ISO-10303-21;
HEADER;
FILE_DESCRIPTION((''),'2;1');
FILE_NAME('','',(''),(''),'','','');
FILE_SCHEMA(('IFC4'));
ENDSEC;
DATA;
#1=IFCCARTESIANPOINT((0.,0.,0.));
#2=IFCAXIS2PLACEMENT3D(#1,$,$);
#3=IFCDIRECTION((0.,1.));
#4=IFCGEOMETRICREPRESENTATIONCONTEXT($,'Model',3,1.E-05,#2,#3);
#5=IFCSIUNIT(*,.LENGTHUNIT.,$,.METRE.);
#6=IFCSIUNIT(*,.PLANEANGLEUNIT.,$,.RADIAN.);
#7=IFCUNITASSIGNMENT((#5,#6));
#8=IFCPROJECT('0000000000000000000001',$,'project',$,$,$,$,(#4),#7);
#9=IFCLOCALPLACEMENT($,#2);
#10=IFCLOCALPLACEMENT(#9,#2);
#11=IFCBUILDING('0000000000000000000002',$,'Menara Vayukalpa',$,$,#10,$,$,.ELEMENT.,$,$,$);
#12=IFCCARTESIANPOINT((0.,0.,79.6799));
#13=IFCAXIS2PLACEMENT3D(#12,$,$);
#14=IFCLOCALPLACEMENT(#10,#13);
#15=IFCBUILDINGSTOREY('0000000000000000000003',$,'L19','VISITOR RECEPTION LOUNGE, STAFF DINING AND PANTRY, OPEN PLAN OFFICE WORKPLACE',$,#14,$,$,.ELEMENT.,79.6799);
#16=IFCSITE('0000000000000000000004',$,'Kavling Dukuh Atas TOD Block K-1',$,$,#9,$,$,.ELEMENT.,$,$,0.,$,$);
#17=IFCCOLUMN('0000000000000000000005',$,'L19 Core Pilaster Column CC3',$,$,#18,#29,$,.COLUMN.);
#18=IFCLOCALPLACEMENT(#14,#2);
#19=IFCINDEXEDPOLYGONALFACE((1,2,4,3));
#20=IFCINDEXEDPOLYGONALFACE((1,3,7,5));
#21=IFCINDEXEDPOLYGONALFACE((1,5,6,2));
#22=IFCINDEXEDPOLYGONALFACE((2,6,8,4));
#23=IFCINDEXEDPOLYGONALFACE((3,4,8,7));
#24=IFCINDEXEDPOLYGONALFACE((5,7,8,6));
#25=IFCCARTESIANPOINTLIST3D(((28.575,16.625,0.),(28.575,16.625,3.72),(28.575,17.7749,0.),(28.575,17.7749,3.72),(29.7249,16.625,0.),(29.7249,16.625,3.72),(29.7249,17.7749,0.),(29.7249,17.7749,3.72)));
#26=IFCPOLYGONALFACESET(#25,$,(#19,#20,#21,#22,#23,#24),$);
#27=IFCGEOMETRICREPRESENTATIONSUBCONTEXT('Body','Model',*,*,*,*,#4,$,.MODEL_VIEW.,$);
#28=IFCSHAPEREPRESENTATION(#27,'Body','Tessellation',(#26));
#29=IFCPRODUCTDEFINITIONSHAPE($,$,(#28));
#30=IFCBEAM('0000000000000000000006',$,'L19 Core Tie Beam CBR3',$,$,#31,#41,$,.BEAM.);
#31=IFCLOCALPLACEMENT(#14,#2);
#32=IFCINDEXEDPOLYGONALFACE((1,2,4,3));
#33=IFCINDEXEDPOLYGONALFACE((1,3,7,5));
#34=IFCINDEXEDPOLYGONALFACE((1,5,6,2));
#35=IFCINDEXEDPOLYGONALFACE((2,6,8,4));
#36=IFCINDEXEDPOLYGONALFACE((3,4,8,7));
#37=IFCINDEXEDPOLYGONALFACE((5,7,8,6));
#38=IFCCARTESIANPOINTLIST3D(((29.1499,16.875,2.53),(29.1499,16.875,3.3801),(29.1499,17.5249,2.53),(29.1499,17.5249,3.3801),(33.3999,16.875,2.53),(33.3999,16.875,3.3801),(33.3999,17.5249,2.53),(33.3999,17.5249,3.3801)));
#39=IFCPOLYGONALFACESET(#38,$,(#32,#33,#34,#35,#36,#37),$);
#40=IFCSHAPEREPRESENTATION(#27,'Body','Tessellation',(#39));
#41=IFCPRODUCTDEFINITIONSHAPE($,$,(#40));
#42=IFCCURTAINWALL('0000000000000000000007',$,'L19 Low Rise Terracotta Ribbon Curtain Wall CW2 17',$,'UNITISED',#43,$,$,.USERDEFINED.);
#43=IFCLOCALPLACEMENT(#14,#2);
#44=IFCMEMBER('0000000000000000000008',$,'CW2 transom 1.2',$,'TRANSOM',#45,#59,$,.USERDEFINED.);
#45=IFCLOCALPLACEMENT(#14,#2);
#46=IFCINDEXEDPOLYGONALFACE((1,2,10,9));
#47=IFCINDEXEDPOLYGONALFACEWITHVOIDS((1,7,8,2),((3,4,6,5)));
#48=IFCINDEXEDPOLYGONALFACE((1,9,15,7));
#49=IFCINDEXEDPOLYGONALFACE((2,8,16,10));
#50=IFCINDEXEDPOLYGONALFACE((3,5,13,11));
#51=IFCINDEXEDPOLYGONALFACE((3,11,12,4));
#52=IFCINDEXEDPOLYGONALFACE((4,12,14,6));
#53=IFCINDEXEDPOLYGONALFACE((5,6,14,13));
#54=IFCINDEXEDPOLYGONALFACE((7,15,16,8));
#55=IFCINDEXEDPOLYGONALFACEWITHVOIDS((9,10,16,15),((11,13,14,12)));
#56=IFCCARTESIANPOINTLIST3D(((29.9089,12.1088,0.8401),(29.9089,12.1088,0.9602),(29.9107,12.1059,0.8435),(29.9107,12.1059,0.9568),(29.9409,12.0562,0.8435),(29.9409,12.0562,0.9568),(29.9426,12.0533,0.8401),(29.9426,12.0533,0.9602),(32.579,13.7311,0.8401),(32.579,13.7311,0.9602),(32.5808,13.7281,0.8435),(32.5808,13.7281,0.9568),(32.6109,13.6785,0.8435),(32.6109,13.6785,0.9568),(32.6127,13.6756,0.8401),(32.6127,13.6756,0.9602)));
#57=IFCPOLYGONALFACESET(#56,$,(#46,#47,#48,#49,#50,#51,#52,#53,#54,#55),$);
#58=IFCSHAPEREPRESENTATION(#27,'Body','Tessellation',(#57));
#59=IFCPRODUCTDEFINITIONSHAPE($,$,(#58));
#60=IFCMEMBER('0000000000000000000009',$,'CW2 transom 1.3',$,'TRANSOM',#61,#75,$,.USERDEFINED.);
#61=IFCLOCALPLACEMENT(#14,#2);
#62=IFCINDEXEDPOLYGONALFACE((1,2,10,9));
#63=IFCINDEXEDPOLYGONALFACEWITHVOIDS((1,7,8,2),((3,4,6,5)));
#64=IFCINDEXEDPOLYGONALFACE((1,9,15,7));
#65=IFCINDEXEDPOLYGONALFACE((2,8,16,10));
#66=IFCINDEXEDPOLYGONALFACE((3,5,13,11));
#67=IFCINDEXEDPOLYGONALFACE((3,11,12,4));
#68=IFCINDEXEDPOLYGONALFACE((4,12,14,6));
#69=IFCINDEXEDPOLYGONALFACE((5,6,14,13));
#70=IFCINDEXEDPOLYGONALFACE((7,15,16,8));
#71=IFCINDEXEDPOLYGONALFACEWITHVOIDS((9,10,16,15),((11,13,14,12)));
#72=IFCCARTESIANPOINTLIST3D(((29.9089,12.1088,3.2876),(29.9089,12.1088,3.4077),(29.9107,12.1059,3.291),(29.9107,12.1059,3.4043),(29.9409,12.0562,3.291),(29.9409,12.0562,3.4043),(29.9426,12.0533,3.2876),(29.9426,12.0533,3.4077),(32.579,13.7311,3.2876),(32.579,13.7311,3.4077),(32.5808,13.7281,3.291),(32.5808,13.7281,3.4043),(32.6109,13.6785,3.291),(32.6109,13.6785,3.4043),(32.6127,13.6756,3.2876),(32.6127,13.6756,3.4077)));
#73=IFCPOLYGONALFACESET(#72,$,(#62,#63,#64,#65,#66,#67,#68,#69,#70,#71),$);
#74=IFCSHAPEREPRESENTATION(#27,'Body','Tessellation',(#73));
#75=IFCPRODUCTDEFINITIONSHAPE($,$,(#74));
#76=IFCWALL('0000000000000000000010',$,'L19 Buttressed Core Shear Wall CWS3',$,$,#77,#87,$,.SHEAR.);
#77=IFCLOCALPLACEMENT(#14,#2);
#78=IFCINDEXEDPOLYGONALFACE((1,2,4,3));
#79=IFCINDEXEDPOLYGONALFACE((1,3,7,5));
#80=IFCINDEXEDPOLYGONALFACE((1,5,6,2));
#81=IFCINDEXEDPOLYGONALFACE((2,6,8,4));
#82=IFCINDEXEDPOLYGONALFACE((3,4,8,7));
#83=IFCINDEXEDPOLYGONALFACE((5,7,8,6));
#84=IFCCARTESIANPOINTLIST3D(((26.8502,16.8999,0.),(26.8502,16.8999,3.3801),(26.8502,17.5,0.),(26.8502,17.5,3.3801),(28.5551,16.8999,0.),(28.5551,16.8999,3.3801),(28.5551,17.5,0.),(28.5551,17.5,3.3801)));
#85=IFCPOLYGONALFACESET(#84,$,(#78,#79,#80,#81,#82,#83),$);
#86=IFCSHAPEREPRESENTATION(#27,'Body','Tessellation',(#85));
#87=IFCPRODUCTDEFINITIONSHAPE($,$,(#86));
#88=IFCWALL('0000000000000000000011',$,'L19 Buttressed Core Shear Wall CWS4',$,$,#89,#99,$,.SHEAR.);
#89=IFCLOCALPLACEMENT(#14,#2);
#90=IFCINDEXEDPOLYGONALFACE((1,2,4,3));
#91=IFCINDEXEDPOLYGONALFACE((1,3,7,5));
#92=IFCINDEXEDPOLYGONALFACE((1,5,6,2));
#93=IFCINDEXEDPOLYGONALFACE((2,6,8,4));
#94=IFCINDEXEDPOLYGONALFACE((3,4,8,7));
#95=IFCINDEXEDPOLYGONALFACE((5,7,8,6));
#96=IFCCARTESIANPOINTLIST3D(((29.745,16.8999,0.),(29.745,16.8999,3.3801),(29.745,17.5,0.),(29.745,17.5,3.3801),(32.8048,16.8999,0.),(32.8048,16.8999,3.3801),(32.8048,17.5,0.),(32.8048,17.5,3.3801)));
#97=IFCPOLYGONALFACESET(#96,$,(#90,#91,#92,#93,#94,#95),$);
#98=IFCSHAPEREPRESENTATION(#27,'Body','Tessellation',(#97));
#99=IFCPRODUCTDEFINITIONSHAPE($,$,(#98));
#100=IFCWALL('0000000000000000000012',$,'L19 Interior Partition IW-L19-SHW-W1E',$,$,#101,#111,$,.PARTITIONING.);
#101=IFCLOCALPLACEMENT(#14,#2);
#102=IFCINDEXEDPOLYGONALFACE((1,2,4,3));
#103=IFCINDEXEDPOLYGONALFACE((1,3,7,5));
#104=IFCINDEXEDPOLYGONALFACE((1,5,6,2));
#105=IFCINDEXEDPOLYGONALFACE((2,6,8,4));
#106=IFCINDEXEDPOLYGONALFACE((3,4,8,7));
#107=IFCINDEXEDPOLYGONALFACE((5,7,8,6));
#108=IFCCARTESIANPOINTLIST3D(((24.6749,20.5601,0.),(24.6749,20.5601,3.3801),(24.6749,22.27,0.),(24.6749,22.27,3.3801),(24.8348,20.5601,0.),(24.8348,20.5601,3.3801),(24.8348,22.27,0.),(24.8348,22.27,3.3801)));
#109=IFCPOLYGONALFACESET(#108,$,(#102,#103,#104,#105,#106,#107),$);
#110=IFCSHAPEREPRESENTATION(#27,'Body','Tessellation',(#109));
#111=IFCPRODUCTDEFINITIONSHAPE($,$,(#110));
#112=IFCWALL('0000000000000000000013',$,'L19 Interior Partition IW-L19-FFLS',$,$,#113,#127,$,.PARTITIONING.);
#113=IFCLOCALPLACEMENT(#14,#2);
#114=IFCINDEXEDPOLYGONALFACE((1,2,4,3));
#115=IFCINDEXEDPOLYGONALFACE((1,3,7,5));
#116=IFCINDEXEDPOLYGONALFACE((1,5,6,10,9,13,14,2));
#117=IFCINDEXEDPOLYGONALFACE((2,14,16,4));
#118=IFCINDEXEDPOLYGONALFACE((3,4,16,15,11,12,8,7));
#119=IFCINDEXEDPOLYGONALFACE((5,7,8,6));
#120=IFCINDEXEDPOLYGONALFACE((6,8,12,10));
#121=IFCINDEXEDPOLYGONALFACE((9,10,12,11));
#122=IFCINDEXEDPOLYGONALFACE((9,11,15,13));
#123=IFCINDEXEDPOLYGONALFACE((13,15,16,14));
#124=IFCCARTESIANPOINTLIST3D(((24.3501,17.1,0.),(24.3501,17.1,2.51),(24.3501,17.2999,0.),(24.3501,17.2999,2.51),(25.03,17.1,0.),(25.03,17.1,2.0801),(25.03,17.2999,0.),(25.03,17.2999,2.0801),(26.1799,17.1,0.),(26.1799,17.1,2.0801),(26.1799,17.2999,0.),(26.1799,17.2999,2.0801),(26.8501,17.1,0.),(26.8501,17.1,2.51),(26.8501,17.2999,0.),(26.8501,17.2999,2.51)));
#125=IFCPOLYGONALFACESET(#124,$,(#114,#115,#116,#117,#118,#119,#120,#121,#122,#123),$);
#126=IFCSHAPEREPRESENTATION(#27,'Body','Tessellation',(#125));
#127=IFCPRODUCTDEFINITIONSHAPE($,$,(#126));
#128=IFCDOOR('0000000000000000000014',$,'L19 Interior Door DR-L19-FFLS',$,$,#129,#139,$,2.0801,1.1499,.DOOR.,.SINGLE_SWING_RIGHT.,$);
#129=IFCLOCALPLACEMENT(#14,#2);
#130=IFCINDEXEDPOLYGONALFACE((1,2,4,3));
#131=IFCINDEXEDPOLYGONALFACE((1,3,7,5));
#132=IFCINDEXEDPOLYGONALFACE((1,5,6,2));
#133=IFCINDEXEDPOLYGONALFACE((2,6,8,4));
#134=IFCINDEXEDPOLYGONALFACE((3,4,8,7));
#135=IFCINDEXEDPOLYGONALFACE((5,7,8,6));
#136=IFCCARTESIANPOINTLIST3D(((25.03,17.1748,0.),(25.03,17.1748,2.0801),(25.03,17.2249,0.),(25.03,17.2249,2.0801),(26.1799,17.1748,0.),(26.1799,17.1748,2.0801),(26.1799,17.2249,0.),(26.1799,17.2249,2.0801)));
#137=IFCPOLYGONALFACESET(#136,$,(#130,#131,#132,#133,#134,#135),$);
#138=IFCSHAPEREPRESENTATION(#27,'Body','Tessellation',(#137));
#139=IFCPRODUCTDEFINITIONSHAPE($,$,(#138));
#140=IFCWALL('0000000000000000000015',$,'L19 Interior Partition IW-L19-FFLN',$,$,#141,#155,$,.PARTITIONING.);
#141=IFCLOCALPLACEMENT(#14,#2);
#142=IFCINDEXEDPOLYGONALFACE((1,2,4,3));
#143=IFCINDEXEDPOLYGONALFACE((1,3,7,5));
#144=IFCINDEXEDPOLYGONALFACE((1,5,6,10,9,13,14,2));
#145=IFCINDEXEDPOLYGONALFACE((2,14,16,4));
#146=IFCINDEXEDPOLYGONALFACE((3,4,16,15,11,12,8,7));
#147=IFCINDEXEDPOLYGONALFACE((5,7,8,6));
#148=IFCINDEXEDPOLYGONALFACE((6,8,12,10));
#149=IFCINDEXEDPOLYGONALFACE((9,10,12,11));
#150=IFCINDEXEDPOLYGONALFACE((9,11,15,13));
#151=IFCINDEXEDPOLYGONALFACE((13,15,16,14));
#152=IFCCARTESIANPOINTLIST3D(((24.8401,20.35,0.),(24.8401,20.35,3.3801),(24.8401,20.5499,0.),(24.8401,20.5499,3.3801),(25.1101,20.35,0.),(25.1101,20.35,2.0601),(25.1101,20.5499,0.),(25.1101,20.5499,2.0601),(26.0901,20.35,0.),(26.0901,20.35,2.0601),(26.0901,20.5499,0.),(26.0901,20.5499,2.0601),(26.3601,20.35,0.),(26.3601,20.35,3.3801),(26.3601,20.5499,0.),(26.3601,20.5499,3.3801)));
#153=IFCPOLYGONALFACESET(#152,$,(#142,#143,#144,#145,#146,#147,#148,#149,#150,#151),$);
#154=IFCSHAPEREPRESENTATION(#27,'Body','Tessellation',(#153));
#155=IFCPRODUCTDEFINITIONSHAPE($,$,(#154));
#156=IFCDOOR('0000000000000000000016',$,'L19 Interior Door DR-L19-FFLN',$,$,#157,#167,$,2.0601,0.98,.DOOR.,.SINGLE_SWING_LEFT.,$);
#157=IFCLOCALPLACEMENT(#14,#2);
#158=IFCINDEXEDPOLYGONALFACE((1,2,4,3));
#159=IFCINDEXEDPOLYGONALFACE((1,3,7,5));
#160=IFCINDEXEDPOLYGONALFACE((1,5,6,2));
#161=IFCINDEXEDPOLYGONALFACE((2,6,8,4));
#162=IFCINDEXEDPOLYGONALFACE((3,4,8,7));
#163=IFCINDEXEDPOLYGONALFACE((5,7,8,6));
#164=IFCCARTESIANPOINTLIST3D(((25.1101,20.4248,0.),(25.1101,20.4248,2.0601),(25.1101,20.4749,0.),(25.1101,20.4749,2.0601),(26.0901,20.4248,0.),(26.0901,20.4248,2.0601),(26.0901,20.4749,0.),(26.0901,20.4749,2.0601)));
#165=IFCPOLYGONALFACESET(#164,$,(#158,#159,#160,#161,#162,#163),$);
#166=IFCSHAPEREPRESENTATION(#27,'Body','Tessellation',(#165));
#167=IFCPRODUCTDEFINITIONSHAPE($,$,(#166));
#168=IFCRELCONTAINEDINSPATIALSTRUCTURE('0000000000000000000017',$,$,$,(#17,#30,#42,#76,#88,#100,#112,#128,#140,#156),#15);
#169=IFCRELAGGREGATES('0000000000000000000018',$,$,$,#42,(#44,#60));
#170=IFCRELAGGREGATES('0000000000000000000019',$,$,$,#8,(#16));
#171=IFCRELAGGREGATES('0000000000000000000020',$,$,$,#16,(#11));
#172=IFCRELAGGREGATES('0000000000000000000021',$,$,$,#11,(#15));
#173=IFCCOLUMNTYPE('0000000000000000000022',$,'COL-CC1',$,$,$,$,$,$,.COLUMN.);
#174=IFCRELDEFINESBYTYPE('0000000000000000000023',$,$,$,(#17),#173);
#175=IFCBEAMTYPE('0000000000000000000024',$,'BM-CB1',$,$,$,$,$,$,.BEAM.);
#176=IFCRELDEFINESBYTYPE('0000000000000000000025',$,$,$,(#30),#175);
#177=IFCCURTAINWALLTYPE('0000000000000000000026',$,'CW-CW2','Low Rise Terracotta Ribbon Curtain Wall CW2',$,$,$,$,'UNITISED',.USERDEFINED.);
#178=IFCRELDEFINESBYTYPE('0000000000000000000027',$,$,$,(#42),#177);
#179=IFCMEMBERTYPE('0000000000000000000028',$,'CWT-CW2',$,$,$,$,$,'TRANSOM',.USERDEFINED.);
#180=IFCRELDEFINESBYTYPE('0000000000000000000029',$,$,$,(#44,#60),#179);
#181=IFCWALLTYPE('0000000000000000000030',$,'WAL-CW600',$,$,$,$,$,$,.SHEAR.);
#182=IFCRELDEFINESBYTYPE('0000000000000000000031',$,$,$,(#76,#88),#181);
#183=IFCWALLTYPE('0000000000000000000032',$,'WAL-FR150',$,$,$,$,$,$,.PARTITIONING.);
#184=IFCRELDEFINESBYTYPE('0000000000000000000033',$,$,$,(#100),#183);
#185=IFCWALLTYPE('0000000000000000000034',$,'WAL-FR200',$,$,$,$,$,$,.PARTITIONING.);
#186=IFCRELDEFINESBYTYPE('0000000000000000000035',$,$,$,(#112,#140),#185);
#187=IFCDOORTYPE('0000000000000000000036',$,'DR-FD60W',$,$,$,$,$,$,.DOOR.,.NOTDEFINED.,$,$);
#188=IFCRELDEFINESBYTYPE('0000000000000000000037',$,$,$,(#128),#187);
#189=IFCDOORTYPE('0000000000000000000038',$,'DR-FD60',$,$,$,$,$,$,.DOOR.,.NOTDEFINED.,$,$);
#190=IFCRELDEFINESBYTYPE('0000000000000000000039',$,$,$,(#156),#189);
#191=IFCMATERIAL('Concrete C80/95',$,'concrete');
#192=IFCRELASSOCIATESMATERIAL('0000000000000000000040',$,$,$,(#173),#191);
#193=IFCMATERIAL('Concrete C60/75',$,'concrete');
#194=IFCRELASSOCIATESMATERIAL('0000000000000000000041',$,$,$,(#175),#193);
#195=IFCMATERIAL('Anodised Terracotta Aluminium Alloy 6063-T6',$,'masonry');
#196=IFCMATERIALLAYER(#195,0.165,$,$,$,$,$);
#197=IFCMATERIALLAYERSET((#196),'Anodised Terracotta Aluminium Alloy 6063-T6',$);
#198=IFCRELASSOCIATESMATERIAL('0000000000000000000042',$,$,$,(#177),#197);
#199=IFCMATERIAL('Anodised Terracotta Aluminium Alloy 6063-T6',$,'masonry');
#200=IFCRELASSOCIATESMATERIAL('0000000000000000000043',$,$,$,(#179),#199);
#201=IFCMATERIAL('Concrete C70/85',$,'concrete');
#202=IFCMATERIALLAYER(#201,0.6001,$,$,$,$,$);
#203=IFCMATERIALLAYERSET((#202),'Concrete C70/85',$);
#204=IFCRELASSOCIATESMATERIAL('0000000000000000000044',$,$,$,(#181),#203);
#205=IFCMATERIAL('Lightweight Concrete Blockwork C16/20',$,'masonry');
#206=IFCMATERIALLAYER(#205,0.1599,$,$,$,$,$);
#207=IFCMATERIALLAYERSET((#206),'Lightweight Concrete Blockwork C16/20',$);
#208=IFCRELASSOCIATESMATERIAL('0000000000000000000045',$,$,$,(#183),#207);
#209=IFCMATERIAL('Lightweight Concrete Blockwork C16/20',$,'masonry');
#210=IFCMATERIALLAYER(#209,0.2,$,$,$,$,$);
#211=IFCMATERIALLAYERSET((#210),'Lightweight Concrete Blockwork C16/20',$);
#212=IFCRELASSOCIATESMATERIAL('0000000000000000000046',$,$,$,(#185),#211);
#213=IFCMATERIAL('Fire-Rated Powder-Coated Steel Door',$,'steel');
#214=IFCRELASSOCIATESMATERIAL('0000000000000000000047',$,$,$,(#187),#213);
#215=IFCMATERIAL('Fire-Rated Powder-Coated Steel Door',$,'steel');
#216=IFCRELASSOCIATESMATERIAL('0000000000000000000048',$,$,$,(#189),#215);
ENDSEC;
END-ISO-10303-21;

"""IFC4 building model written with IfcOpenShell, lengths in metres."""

from ifc_helpers import new_model, si_unit, direction, frame, frame_2d, origin, origin_2d, place, context, subcontext, project, spatial, rectangle, hollow_rectangle, extrude, material, layer, layer_set, material_profile, profile_set, type_object, element, fill, aggregate, save


model = new_model("IFC4")

# Units and contexts
model_context = context("Model", 3, precision=1e-05, world=origin(), true_north=direction((0.0, 1.0)))
body_context = subcontext(model_context, "Body", "Model", "MODEL_VIEW")
ifc_project = project(units=[si_unit("LENGTHUNIT", "METRE"), si_unit("PLANEANGLEUNIT", "RADIAN")], contexts=[model_context])

# Site, building, storey
site_placement = place(None, origin())
site = spatial("IfcSite", under=ifc_project, at=site_placement, Name="Kavling Dukuh Atas TOD Block K-1", CompositionType="ELEMENT", RefElevation=0.0)
building_placement = place(site_placement, origin())
building = spatial("IfcBuilding", under=site, at=building_placement, Name="Menara Vayukalpa", CompositionType="ELEMENT")
storey_placement = place(building_placement, frame((0.0, 0.0, 79.6799)))
storey = spatial("IfcBuildingStorey", under=building, at=storey_placement, Name="L19", Description="VISITOR RECEPTION LOUNGE, STAFF DINING AND PANTRY, OPEN PLAN OFFICE WORKPLACE", CompositionType="ELEMENT", Elevation=79.6799)

# Column
ifc_material_1 = material(Name="Concrete C80/95", Category="concrete")
ifc_material_profile_1 = material_profile(ifc_material_1, rectangle(XDim=1.1499, YDim=1.1499, at=origin_2d()), Name="RC 1150x1150")
ifc_profile_set_1 = profile_set([ifc_material_profile_1], Name="Concrete C80/95")
column_type = type_object("IfcColumnType", Name="COL-CC1", PredefinedType="COLUMN", material=ifc_profile_set_1)
column_placement = place(storey_placement, frame((29.1499, 17.2, 0.0), z_axis=(0.0, 0.0, 1.0), x_axis=(1.0, 0.0, 0.0)))
element("IfcColumn", 1, at=column_placement, inside=storey, type_object=column_type, Name="L19 Core Pilaster Column CC3", PredefinedType="COLUMN", context=body_context, shape_type="SweptSolid", body=[
    extrude(rectangle(XDim=1.1499, YDim=1.1499, at=origin_2d()), origin(), (0.0, 0.0, 1.0), 3.72),
])

# Beam
ifc_material_2 = material(Name="Concrete C60/75", Category="concrete")
ifc_material_profile_2 = material_profile(ifc_material_2, rectangle(XDim=0.6499, YDim=0.8501, at=origin_2d()), Name="RC 650x850")
ifc_profile_set_2 = profile_set([ifc_material_profile_2], Name="Concrete C60/75")
beam_type = type_object("IfcBeamType", Name="BM-CB1", PredefinedType="BEAM", material=ifc_profile_set_2)
beam_placement = place(storey_placement, frame((29.1499, 17.2, 2.9551), z_axis=(1.0, 0.0, 0.0), x_axis=(0.0, 1.0, 0.0)))
element("IfcBeam", 2, at=beam_placement, inside=storey, type_object=beam_type, Name="L19 Core Tie Beam CBR3", PredefinedType="BEAM", context=body_context, shape_type="SweptSolid", body=[
    extrude(rectangle(XDim=0.6499, YDim=0.8501, at=origin_2d()), origin(), (0.0, 0.0, 1.0), 4.25),
])

# Curtain wall, members
ifc_material_3 = material(Name="Anodised Terracotta Aluminium Alloy 6063-T6", Category="masonry")
ifc_layer_1 = layer(ifc_material_3, 0.165)
ifc_layer_set_1 = layer_set([ifc_layer_1], Name="Anodised Terracotta Aluminium Alloy 6063-T6")
curtain_wall_type = type_object("IfcCurtainWallType", Name="CW-CW2", Description="Low Rise Terracotta Ribbon Curtain Wall CW2", ElementType="UNITISED", PredefinedType="USERDEFINED", material=ifc_layer_set_1)
curtain_wall_placement = place(storey_placement, origin())
curtain_wall = element("IfcCurtainWall", 3, at=curtain_wall_placement, inside=storey, type_object=curtain_wall_type, Name="L19 Low Rise Terracotta Ribbon Curtain Wall CW2 17", ObjectType="UNITISED", PredefinedType="USERDEFINED")
ifc_material_4 = material(Name="Anodised Terracotta Aluminium Alloy 6063-T6", Category="masonry")
ifc_material_profile_3 = material_profile(ifc_material_4, hollow_rectangle(XDim=0.0649, YDim=0.1201, WallThickness=0.0034, at=origin_2d()), Name="ALU 65x120x3.5")
ifc_profile_set_3 = profile_set([ifc_material_profile_3], Name="Anodised Terracotta Aluminium Alloy 6063-T6")
member_type = type_object("IfcMemberType", Name="CWT-CW2", ElementType="TRANSOM", PredefinedType="USERDEFINED", material=ifc_profile_set_3)
member_1_placement = place(storey_placement, frame((29.9258, 12.0811, 0.9001), z_axis=(0.854625, 0.519245, 0.0), x_axis=(-0.519245, 0.854625, 0.0)))
member_1 = element("IfcMember", 4, at=member_1_placement, type_object=member_type, Name="CW2 transom 1.2", ObjectType="TRANSOM", PredefinedType="USERDEFINED", context=body_context, shape_type="SweptSolid", body=[
    extrude(hollow_rectangle(XDim=0.0649, YDim=0.1201, WallThickness=0.0034, at=origin_2d()), origin(), (0.0, 0.0, 1.0), 3.1243),
])
member_2_placement = place(storey_placement, frame((29.9258, 12.0811, 3.3477), z_axis=(0.854625, 0.519245, 0.0), x_axis=(-0.519245, 0.854625, 0.0)))
member_2 = element("IfcMember", 5, at=member_2_placement, type_object=member_type, Name="CW2 transom 1.3", ObjectType="TRANSOM", PredefinedType="USERDEFINED", context=body_context, shape_type="SweptSolid", body=[
    extrude(hollow_rectangle(XDim=0.0649, YDim=0.1201, WallThickness=0.0034, at=origin_2d()), origin(), (0.0, 0.0, 1.0), 3.1243),
])
aggregate(curtain_wall, [member_1, member_2])

# Walls
ifc_material_5 = material(Name="Concrete C70/85", Category="concrete")
ifc_layer_2 = layer(ifc_material_5, 0.6001)
ifc_layer_set_2 = layer_set([ifc_layer_2], Name="Concrete C70/85")
wall_type_1 = type_object("IfcWallType", Name="WAL-CW600", PredefinedType="SHEAR", material=ifc_layer_set_2)
wall_1_placement = place(storey_placement, frame((26.8501, 17.2, 0.0), z_axis=(0.0, 0.0, 1.0), x_axis=(1.0, 0.0, 0.0)))
element("IfcWall", 6, at=wall_1_placement, inside=storey, type_object=wall_type_1, Name="L19 Buttressed Core Shear Wall CWS3", PredefinedType="SHEAR", context=body_context, shape_type="SweptSolid", body=[
    extrude(rectangle(XDim=1.7048, YDim=0.6001, at=frame_2d((0.8525, 0.0))), origin(), (0.0, 0.0, 1.0), 3.3801),
])
wall_2_placement = place(storey_placement, frame((29.7451, 17.2, 0.0), z_axis=(0.0, 0.0, 1.0), x_axis=(1.0, 0.0, 0.0)))
element("IfcWall", 7, at=wall_2_placement, inside=storey, type_object=wall_type_1, Name="L19 Buttressed Core Shear Wall CWS4", PredefinedType="SHEAR", context=body_context, shape_type="SweptSolid", body=[
    extrude(rectangle(XDim=3.0598, YDim=0.6001, at=frame_2d((1.5298, 0.0))), origin(), (0.0, 0.0, 1.0), 3.3801),
])
ifc_material_6 = material(Name="Lightweight Concrete Blockwork C16/20", Category="masonry")
ifc_layer_3 = layer(ifc_material_6, 0.1599)
ifc_layer_set_3 = layer_set([ifc_layer_3], Name="Lightweight Concrete Blockwork C16/20")
wall_type_2 = type_object("IfcWallType", Name="WAL-FR150", PredefinedType="PARTITIONING", material=ifc_layer_set_3)
wall_3_placement = place(storey_placement, frame((24.7549, 20.5601, 0.0), z_axis=(0.0, 0.0, 1.0), x_axis=(0.0, 1.0, 0.0)))
element("IfcWall", 8, at=wall_3_placement, inside=storey, type_object=wall_type_2, Name="L19 Interior Partition IW-L19-SHW-W1E", PredefinedType="PARTITIONING", context=body_context, shape_type="SweptSolid", body=[
    extrude(rectangle(XDim=1.71, YDim=0.1599, at=frame_2d((0.855, 0.0))), origin(), (0.0, 0.0, 1.0), 3.3801),
])

# Walls, openings, doors
ifc_material_7 = material(Name="Lightweight Concrete Blockwork C16/20", Category="masonry")
ifc_layer_4 = layer(ifc_material_7, 0.2)
ifc_layer_set_4 = layer_set([ifc_layer_4], Name="Lightweight Concrete Blockwork C16/20")
wall_type_3 = type_object("IfcWallType", Name="WAL-FR200", PredefinedType="PARTITIONING", material=ifc_layer_set_4)
wall_4_placement = place(storey_placement, frame((24.3501, 17.2, 0.0), z_axis=(0.0, 0.0, 1.0), x_axis=(1.0, 0.0, 0.0)))
wall_4 = element("IfcWall", 9, at=wall_4_placement, inside=storey, type_object=wall_type_3, Name="L19 Interior Partition IW-L19-FFLS", PredefinedType="PARTITIONING", context=body_context, shape_type="SweptSolid", body=[
    extrude(rectangle(XDim=2.5, YDim=0.2, at=frame_2d((1.25, 0.0))), origin(), (0.0, 0.0, 1.0), 2.51),
])
opening_1_placement = place(wall_4_placement, frame((0.6799, 0.0, 0.0)))
opening_1 = element("IfcOpeningElement", 10, at=opening_1_placement, cuts=wall_4, PredefinedType="OPENING", context=body_context, shape_type="SweptSolid", body=[
    extrude(rectangle(XDim=1.1499, YDim=2.0801, at=frame_2d((0.575, 1.04))), frame((0.0, 0.1099, 0.0), z_axis=(0.0, -1.0, 0.0), x_axis=(1.0, 0.0, 0.0)), (0.0, 0.0, 1.0), 0.22),
])
ifc_material_8 = material(Name="Fire-Rated Powder-Coated Steel Door", Category="steel")
door_type_1 = type_object("IfcDoorType", Name="DR-FD60W", OperationType="NOTDEFINED", PredefinedType="DOOR", material=ifc_material_8)
door_1_placement = place(opening_1_placement, origin())
door_1 = element("IfcDoor", 11, at=door_1_placement, inside=storey, type_object=door_type_1, Name="L19 Interior Door DR-L19-FFLS", OperationType="SINGLE_SWING_RIGHT", OverallHeight=2.0801, OverallWidth=1.1499, PredefinedType="DOOR", context=body_context, shape_type="SweptSolid", body=[
    extrude(rectangle(XDim=1.1499, YDim=2.0801, at=frame_2d((0.575, 1.04))), frame((0.0, 0.0249, 0.0), z_axis=(0.0, -1.0, 0.0), x_axis=(1.0, 0.0, 0.0)), (0.0, 0.0, 1.0), 0.05),
])
fill(opening_1, door_1)
wall_5_placement = place(storey_placement, frame((24.8401, 20.45, 0.0), z_axis=(0.0, 0.0, 1.0), x_axis=(1.0, 0.0, 0.0)))
wall_5 = element("IfcWall", 12, at=wall_5_placement, inside=storey, type_object=wall_type_3, Name="L19 Interior Partition IW-L19-FFLN", PredefinedType="PARTITIONING", context=body_context, shape_type="SweptSolid", body=[
    extrude(rectangle(XDim=1.52, YDim=0.2, at=frame_2d((0.76, 0.0))), origin(), (0.0, 0.0, 1.0), 3.3801),
])
opening_2_placement = place(wall_5_placement, frame((0.27, 0.0, 0.0)))
opening_2 = element("IfcOpeningElement", 13, at=opening_2_placement, cuts=wall_5, PredefinedType="OPENING", context=body_context, shape_type="SweptSolid", body=[
    extrude(rectangle(XDim=0.98, YDim=2.0601, at=frame_2d((0.49, 1.03))), frame((0.0, 0.1099, 0.0), z_axis=(0.0, -1.0, 0.0), x_axis=(1.0, 0.0, 0.0)), (0.0, 0.0, 1.0), 0.22),
])
ifc_material_9 = material(Name="Fire-Rated Powder-Coated Steel Door", Category="steel")
door_type_2 = type_object("IfcDoorType", Name="DR-FD60", OperationType="NOTDEFINED", PredefinedType="DOOR", material=ifc_material_9)
door_2_placement = place(opening_2_placement, origin())
door_2 = element("IfcDoor", 14, at=door_2_placement, inside=storey, type_object=door_type_2, Name="L19 Interior Door DR-L19-FFLN", OperationType="SINGLE_SWING_LEFT", OverallHeight=2.0601, OverallWidth=0.98, PredefinedType="DOOR", context=body_context, shape_type="SweptSolid", body=[
    extrude(rectangle(XDim=0.98, YDim=2.0601, at=frame_2d((0.49, 1.03))), frame((0.0, 0.0249, 0.0), z_axis=(0.0, -1.0, 0.0), x_axis=(1.0, 0.0, 0.0)), (0.0, 0.0, 1.0), 0.05),
])
fill(opening_2, door_2)

save(model, "model.ifc")
